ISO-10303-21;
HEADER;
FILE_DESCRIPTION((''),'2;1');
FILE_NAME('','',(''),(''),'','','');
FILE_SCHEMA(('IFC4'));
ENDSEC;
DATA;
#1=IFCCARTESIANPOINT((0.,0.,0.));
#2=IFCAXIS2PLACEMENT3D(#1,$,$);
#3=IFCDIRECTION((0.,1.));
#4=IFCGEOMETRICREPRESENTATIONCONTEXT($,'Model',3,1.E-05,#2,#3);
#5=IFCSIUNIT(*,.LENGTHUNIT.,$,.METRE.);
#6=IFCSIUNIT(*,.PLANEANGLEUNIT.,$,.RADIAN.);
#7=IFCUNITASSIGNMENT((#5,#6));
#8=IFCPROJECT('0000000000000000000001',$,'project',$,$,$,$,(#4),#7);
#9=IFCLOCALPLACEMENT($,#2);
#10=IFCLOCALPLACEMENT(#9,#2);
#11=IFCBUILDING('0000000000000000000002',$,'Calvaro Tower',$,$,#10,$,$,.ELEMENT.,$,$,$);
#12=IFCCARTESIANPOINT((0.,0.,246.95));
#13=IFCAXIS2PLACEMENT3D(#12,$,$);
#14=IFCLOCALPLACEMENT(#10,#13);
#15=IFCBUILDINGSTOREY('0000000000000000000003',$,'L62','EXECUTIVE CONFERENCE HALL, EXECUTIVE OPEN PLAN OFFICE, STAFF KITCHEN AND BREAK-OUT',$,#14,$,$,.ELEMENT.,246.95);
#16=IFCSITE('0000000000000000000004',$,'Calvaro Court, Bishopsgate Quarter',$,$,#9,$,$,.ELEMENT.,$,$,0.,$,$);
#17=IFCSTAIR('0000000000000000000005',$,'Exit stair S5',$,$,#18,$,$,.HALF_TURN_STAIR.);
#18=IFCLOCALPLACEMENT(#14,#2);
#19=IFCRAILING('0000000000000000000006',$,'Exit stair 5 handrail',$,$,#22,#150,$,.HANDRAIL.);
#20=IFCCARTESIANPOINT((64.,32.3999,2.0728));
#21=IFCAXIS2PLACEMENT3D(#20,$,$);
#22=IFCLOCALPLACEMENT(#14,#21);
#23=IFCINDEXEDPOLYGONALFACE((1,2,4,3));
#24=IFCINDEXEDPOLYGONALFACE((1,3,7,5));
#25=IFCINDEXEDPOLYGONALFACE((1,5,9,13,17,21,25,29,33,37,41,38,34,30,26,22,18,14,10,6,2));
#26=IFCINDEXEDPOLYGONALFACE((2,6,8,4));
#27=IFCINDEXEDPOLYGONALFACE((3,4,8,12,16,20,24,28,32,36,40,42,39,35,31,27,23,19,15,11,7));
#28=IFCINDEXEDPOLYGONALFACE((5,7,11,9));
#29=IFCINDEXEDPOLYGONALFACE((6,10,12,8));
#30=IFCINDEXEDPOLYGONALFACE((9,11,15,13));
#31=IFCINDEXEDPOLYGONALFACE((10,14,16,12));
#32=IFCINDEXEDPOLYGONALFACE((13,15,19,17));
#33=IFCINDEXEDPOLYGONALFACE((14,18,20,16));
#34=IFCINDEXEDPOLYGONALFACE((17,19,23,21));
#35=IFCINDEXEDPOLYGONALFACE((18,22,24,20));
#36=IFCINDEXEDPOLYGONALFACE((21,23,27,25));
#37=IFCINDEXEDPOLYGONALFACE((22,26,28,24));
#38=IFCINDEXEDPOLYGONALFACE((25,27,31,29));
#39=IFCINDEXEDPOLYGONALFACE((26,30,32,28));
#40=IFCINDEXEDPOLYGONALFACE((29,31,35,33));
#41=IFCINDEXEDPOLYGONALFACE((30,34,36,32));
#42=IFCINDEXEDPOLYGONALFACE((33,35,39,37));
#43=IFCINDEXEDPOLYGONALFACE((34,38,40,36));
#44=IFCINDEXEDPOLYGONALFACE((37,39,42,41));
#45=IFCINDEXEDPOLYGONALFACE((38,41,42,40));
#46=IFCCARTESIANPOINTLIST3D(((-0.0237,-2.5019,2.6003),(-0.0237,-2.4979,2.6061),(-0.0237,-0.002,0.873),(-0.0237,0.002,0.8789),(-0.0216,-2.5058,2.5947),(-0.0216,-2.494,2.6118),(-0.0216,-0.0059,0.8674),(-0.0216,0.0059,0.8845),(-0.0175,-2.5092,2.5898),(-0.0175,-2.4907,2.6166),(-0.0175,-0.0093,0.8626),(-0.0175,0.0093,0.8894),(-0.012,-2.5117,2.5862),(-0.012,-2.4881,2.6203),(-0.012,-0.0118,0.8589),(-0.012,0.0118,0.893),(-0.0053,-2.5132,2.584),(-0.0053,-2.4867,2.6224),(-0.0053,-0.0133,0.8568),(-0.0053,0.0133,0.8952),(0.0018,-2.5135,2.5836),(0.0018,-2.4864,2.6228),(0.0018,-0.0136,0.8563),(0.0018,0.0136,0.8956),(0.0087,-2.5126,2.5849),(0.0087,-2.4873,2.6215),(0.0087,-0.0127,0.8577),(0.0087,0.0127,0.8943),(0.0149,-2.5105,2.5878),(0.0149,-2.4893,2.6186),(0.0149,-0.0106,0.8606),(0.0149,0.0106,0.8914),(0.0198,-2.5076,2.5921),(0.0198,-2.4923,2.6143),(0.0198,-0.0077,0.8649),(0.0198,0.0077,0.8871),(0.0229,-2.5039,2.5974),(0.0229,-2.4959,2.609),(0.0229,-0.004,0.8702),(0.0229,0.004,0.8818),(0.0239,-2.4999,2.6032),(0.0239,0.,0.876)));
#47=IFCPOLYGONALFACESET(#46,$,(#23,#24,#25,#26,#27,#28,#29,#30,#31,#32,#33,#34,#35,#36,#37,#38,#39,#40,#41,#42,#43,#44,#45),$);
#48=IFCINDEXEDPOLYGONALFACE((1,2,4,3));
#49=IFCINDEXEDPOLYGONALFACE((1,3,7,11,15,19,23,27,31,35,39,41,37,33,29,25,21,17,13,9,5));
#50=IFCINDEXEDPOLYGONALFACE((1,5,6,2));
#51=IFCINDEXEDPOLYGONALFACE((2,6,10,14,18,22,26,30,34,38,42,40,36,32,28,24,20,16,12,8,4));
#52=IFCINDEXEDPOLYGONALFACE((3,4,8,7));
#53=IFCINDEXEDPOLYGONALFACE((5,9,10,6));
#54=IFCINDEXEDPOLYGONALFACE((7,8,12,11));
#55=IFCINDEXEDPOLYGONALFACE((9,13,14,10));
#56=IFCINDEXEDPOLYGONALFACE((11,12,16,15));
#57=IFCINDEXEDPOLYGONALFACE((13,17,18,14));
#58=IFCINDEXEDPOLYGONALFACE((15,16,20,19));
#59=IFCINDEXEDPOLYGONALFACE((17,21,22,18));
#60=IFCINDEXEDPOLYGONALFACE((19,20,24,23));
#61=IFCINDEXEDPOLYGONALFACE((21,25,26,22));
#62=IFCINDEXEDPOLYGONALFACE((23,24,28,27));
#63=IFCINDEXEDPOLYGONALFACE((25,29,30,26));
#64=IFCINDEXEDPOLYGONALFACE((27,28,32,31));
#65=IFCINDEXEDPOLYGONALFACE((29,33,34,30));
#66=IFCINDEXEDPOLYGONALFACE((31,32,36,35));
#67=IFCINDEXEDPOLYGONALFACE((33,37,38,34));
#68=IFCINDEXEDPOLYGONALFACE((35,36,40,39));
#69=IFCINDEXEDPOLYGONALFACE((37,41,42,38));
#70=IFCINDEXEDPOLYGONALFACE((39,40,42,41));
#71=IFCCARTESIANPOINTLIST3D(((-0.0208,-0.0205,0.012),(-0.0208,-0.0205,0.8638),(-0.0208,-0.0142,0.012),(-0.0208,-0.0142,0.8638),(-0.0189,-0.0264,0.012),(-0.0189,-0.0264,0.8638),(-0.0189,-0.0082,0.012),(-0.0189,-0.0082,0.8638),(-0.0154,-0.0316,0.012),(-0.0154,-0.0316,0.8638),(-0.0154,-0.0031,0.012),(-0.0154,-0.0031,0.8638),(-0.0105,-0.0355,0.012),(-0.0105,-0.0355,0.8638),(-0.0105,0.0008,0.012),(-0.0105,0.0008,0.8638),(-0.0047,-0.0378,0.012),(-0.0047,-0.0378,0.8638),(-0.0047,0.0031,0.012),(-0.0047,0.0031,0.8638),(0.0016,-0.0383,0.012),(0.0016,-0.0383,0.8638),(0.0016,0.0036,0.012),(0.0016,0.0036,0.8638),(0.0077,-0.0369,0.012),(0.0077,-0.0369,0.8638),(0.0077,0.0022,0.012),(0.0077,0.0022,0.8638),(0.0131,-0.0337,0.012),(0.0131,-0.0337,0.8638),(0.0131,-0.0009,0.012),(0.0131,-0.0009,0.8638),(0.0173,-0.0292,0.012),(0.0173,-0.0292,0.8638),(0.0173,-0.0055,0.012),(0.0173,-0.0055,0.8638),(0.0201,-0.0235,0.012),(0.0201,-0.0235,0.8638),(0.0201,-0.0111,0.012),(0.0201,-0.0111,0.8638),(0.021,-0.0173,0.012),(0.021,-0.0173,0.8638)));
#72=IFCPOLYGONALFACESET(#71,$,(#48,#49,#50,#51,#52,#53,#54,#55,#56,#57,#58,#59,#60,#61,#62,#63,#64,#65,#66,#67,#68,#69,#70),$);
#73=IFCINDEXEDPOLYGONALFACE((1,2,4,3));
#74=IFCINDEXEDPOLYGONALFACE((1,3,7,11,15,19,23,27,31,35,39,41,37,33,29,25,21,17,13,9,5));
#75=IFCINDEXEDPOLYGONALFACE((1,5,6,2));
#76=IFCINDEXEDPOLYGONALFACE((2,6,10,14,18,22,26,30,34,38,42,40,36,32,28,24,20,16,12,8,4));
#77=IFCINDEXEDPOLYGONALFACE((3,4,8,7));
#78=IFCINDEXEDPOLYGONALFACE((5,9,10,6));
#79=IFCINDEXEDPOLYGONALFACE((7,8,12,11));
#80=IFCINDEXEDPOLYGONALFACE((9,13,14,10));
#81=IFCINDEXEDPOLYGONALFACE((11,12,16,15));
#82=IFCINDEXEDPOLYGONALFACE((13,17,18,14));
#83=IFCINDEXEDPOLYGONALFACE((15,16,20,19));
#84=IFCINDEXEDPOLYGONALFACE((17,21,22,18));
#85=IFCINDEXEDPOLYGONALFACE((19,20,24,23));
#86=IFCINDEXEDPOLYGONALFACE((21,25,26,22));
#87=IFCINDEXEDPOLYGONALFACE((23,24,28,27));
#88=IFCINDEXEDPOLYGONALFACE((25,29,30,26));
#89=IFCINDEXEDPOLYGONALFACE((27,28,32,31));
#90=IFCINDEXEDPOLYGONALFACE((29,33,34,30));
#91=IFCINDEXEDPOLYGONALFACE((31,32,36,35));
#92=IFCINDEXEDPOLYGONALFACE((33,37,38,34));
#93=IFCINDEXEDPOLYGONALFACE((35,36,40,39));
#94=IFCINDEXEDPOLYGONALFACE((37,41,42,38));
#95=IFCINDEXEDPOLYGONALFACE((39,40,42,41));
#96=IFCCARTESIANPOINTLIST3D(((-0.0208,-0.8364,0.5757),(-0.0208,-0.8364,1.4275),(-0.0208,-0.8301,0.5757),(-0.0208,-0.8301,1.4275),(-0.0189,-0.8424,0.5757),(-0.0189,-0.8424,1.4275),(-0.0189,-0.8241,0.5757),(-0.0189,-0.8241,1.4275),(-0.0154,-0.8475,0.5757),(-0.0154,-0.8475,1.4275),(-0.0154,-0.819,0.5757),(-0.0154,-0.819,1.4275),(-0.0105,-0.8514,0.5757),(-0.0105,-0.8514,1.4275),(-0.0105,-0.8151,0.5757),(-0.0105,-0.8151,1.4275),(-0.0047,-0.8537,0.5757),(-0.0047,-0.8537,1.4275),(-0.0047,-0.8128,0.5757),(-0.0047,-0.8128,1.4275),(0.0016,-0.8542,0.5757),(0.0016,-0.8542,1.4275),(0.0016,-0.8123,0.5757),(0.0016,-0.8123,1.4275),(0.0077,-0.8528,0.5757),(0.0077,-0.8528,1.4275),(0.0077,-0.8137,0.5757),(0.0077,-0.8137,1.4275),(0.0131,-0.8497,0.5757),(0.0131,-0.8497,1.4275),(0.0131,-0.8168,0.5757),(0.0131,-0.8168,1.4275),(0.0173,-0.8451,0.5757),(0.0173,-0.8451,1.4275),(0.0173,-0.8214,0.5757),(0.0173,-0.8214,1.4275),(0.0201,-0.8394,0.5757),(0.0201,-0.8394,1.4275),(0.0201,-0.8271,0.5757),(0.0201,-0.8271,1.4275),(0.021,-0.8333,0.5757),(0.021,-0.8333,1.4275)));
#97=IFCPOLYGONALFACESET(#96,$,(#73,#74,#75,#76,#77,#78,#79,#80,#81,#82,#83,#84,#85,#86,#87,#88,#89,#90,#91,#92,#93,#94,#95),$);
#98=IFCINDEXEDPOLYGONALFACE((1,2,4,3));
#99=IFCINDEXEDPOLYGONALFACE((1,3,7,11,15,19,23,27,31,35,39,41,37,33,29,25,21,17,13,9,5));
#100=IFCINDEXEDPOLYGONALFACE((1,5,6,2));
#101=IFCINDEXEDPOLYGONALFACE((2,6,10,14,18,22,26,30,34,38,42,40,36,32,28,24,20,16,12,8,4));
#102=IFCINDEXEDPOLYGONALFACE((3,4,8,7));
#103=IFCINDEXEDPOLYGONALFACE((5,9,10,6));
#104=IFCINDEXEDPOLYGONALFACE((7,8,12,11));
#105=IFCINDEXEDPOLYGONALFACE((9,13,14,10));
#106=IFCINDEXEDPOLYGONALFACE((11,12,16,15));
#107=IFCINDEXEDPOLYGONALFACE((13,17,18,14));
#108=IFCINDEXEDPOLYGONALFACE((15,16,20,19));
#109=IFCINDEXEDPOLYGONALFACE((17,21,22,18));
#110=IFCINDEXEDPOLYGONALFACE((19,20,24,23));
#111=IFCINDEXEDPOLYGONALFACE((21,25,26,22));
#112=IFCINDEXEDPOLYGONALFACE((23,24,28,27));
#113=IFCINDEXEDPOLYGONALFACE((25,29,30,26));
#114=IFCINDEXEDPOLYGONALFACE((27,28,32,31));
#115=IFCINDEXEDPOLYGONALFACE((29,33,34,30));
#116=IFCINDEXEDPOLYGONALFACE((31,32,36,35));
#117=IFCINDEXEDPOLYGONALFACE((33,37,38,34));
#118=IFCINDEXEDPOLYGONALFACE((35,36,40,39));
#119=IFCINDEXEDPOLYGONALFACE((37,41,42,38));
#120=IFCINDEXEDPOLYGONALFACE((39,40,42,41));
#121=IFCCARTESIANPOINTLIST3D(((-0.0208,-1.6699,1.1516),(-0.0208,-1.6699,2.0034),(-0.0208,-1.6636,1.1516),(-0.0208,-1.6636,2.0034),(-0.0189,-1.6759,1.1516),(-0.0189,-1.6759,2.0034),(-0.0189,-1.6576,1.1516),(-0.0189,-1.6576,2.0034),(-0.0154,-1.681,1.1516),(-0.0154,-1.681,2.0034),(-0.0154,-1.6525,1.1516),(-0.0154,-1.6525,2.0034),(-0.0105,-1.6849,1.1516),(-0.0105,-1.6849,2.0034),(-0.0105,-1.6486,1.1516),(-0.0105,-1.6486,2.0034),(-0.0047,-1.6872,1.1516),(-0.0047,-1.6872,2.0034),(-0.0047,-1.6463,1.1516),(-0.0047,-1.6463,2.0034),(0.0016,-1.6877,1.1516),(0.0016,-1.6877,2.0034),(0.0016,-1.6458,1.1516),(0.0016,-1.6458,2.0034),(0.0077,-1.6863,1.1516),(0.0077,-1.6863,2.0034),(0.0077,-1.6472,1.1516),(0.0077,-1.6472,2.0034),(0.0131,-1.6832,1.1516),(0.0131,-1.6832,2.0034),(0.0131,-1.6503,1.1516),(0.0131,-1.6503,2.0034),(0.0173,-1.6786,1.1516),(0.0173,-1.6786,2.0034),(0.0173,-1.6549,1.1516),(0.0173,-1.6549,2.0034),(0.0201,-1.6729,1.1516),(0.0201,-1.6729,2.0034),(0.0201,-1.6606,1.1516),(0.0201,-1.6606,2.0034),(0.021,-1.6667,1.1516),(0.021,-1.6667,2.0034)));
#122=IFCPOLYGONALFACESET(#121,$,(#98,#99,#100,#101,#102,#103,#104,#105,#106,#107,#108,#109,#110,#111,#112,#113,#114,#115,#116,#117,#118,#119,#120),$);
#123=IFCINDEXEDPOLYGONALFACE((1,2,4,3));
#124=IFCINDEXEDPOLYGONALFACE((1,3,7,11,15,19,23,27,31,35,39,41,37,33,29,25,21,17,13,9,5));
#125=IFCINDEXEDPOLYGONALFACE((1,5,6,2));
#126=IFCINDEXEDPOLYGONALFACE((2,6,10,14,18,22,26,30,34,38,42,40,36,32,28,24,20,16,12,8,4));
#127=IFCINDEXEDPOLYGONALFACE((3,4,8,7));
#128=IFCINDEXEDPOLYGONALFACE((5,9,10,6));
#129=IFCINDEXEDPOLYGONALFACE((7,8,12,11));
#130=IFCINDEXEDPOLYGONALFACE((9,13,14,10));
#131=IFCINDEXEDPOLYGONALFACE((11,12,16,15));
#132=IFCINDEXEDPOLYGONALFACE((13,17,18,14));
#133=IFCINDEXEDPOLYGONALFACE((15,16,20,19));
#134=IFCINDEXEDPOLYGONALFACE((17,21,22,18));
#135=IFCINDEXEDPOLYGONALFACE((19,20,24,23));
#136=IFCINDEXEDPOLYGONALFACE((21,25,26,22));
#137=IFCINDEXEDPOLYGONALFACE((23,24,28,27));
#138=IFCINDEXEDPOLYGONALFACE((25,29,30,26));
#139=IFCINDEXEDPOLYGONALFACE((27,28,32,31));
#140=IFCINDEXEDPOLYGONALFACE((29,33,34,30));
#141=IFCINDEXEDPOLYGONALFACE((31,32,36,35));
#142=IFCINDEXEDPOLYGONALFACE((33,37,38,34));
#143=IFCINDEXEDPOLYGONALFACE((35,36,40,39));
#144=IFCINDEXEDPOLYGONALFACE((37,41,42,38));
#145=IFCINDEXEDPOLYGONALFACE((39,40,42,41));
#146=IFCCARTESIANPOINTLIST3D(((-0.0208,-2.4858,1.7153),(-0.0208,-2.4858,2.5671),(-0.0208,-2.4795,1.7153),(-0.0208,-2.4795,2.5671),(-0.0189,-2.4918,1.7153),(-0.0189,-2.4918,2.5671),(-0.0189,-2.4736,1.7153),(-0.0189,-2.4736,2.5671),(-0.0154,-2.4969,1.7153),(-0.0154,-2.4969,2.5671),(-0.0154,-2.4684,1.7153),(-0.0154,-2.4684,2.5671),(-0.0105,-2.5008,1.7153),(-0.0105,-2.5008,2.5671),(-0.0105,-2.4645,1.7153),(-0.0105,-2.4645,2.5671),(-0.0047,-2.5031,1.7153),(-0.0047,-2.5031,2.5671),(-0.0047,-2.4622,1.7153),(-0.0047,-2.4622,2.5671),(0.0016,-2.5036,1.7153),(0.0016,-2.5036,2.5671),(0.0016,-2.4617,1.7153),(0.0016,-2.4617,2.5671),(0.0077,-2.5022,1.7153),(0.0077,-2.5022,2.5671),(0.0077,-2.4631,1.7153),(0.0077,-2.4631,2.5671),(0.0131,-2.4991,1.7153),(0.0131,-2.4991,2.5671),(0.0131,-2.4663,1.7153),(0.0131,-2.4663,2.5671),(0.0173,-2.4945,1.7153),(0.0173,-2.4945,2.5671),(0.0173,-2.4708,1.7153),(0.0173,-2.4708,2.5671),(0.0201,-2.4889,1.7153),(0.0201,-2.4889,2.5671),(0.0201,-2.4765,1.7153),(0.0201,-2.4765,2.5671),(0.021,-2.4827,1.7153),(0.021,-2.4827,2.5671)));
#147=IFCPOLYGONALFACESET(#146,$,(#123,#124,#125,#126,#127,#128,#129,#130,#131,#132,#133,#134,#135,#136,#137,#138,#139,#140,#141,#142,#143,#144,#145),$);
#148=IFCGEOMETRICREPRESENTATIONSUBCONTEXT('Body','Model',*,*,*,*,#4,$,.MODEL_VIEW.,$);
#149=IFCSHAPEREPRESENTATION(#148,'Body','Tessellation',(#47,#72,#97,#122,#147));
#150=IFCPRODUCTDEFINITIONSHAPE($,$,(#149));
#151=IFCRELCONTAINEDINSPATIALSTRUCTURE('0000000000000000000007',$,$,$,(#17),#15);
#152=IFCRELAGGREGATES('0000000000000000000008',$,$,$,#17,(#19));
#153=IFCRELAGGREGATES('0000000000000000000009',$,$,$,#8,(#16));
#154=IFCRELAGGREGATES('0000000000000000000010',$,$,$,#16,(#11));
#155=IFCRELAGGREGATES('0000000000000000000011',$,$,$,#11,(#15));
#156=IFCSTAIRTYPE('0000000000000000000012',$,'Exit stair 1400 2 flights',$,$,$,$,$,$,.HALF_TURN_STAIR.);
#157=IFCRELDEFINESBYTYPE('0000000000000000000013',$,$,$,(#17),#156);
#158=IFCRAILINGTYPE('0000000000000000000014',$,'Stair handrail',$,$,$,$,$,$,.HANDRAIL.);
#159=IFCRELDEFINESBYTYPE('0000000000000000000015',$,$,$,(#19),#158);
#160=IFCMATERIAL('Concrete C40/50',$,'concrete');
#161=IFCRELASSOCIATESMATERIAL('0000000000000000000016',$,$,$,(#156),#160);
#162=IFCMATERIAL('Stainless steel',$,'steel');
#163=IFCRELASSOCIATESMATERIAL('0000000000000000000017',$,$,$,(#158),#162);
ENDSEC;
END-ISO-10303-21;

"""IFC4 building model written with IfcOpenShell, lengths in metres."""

from ifc_helpers import new_model, si_unit, direction, frame, origin, origin_2d, place, context, subcontext, project, spatial, circle, extrude, material, type_object, element, aggregate, save


model = new_model("IFC4")

# Units and contexts
model_context = context("Model", 3, precision=1e-05, world=origin(), true_north=direction((0.0, 1.0)))
body_context = subcontext(model_context, "Body", "Model", "MODEL_VIEW")
ifc_project = project(units=[si_unit("LENGTHUNIT", "METRE"), si_unit("PLANEANGLEUNIT", "RADIAN")], contexts=[model_context])

# Site, building, storey
site_placement = place(None, origin())
site = spatial("IfcSite", under=ifc_project, at=site_placement, Name="Calvaro Court, Bishopsgate Quarter", CompositionType="ELEMENT", RefElevation=0.0)
building_placement = place(site_placement, origin())
building = spatial("IfcBuilding", under=site, at=building_placement, Name="Calvaro Tower", CompositionType="ELEMENT")
storey_placement = place(building_placement, frame((0.0, 0.0, 246.95)))
storey = spatial("IfcBuildingStorey", under=building, at=storey_placement, Name="L62", Description="EXECUTIVE CONFERENCE HALL, EXECUTIVE OPEN PLAN OFFICE, STAFF KITCHEN AND BREAK-OUT", CompositionType="ELEMENT", Elevation=246.95)

# Stair, railing
ifc_material_1 = material(Name="Concrete C40/50", Category="concrete")
stair_type = type_object("IfcStairType", Name="Exit stair 1400 2 flights", PredefinedType="HALF_TURN_STAIR", material=ifc_material_1)
stair_placement = place(storey_placement, origin())
stair = element("IfcStair", 1, at=stair_placement, inside=storey, type_object=stair_type, Name="Exit stair S5", PredefinedType="HALF_TURN_STAIR")
ifc_material_2 = material(Name="Stainless steel", Category="steel")
railing_type = type_object("IfcRailingType", Name="Stair handrail", PredefinedType="HANDRAIL", material=ifc_material_2)
railing_1_placement = place(storey_placement, frame((64.0, 32.3999, 2.0728)))
railing_1 = element("IfcRailing", 2, at=railing_1_placement, type_object=railing_type, Name="Exit stair 5 handrail", PredefinedType="HANDRAIL", context=body_context, shape_type="SweptSolid", body=[
    extrude(circle(Radius=0.0239, at=origin_2d()), frame((0.0, 0.0, 0.876), z_axis=(0.0, -0.822727, 0.568437), x_axis=(1.0, 0.0, 0.0)), (0.0, 0.0, 1.0), 3.0386),
    extrude(circle(Radius=0.021, at=origin_2d()), frame((0.0, -0.0173, 0.012)), (0.0, 0.0, 1.0), 0.8518),
    extrude(circle(Radius=0.021, at=origin_2d()), frame((0.0, -0.8333, 0.5757)), (0.0, 0.0, 1.0), 0.8518),
    extrude(circle(Radius=0.021, at=origin_2d()), frame((0.0, -1.6667, 1.1516)), (0.0, 0.0, 1.0), 0.8518),
    extrude(circle(Radius=0.021, at=origin_2d()), frame((0.0, -2.4827, 1.7153)), (0.0, 0.0, 1.0), 0.8518),
])
aggregate(stair, [railing_1])

save(model, "model.ifc")
